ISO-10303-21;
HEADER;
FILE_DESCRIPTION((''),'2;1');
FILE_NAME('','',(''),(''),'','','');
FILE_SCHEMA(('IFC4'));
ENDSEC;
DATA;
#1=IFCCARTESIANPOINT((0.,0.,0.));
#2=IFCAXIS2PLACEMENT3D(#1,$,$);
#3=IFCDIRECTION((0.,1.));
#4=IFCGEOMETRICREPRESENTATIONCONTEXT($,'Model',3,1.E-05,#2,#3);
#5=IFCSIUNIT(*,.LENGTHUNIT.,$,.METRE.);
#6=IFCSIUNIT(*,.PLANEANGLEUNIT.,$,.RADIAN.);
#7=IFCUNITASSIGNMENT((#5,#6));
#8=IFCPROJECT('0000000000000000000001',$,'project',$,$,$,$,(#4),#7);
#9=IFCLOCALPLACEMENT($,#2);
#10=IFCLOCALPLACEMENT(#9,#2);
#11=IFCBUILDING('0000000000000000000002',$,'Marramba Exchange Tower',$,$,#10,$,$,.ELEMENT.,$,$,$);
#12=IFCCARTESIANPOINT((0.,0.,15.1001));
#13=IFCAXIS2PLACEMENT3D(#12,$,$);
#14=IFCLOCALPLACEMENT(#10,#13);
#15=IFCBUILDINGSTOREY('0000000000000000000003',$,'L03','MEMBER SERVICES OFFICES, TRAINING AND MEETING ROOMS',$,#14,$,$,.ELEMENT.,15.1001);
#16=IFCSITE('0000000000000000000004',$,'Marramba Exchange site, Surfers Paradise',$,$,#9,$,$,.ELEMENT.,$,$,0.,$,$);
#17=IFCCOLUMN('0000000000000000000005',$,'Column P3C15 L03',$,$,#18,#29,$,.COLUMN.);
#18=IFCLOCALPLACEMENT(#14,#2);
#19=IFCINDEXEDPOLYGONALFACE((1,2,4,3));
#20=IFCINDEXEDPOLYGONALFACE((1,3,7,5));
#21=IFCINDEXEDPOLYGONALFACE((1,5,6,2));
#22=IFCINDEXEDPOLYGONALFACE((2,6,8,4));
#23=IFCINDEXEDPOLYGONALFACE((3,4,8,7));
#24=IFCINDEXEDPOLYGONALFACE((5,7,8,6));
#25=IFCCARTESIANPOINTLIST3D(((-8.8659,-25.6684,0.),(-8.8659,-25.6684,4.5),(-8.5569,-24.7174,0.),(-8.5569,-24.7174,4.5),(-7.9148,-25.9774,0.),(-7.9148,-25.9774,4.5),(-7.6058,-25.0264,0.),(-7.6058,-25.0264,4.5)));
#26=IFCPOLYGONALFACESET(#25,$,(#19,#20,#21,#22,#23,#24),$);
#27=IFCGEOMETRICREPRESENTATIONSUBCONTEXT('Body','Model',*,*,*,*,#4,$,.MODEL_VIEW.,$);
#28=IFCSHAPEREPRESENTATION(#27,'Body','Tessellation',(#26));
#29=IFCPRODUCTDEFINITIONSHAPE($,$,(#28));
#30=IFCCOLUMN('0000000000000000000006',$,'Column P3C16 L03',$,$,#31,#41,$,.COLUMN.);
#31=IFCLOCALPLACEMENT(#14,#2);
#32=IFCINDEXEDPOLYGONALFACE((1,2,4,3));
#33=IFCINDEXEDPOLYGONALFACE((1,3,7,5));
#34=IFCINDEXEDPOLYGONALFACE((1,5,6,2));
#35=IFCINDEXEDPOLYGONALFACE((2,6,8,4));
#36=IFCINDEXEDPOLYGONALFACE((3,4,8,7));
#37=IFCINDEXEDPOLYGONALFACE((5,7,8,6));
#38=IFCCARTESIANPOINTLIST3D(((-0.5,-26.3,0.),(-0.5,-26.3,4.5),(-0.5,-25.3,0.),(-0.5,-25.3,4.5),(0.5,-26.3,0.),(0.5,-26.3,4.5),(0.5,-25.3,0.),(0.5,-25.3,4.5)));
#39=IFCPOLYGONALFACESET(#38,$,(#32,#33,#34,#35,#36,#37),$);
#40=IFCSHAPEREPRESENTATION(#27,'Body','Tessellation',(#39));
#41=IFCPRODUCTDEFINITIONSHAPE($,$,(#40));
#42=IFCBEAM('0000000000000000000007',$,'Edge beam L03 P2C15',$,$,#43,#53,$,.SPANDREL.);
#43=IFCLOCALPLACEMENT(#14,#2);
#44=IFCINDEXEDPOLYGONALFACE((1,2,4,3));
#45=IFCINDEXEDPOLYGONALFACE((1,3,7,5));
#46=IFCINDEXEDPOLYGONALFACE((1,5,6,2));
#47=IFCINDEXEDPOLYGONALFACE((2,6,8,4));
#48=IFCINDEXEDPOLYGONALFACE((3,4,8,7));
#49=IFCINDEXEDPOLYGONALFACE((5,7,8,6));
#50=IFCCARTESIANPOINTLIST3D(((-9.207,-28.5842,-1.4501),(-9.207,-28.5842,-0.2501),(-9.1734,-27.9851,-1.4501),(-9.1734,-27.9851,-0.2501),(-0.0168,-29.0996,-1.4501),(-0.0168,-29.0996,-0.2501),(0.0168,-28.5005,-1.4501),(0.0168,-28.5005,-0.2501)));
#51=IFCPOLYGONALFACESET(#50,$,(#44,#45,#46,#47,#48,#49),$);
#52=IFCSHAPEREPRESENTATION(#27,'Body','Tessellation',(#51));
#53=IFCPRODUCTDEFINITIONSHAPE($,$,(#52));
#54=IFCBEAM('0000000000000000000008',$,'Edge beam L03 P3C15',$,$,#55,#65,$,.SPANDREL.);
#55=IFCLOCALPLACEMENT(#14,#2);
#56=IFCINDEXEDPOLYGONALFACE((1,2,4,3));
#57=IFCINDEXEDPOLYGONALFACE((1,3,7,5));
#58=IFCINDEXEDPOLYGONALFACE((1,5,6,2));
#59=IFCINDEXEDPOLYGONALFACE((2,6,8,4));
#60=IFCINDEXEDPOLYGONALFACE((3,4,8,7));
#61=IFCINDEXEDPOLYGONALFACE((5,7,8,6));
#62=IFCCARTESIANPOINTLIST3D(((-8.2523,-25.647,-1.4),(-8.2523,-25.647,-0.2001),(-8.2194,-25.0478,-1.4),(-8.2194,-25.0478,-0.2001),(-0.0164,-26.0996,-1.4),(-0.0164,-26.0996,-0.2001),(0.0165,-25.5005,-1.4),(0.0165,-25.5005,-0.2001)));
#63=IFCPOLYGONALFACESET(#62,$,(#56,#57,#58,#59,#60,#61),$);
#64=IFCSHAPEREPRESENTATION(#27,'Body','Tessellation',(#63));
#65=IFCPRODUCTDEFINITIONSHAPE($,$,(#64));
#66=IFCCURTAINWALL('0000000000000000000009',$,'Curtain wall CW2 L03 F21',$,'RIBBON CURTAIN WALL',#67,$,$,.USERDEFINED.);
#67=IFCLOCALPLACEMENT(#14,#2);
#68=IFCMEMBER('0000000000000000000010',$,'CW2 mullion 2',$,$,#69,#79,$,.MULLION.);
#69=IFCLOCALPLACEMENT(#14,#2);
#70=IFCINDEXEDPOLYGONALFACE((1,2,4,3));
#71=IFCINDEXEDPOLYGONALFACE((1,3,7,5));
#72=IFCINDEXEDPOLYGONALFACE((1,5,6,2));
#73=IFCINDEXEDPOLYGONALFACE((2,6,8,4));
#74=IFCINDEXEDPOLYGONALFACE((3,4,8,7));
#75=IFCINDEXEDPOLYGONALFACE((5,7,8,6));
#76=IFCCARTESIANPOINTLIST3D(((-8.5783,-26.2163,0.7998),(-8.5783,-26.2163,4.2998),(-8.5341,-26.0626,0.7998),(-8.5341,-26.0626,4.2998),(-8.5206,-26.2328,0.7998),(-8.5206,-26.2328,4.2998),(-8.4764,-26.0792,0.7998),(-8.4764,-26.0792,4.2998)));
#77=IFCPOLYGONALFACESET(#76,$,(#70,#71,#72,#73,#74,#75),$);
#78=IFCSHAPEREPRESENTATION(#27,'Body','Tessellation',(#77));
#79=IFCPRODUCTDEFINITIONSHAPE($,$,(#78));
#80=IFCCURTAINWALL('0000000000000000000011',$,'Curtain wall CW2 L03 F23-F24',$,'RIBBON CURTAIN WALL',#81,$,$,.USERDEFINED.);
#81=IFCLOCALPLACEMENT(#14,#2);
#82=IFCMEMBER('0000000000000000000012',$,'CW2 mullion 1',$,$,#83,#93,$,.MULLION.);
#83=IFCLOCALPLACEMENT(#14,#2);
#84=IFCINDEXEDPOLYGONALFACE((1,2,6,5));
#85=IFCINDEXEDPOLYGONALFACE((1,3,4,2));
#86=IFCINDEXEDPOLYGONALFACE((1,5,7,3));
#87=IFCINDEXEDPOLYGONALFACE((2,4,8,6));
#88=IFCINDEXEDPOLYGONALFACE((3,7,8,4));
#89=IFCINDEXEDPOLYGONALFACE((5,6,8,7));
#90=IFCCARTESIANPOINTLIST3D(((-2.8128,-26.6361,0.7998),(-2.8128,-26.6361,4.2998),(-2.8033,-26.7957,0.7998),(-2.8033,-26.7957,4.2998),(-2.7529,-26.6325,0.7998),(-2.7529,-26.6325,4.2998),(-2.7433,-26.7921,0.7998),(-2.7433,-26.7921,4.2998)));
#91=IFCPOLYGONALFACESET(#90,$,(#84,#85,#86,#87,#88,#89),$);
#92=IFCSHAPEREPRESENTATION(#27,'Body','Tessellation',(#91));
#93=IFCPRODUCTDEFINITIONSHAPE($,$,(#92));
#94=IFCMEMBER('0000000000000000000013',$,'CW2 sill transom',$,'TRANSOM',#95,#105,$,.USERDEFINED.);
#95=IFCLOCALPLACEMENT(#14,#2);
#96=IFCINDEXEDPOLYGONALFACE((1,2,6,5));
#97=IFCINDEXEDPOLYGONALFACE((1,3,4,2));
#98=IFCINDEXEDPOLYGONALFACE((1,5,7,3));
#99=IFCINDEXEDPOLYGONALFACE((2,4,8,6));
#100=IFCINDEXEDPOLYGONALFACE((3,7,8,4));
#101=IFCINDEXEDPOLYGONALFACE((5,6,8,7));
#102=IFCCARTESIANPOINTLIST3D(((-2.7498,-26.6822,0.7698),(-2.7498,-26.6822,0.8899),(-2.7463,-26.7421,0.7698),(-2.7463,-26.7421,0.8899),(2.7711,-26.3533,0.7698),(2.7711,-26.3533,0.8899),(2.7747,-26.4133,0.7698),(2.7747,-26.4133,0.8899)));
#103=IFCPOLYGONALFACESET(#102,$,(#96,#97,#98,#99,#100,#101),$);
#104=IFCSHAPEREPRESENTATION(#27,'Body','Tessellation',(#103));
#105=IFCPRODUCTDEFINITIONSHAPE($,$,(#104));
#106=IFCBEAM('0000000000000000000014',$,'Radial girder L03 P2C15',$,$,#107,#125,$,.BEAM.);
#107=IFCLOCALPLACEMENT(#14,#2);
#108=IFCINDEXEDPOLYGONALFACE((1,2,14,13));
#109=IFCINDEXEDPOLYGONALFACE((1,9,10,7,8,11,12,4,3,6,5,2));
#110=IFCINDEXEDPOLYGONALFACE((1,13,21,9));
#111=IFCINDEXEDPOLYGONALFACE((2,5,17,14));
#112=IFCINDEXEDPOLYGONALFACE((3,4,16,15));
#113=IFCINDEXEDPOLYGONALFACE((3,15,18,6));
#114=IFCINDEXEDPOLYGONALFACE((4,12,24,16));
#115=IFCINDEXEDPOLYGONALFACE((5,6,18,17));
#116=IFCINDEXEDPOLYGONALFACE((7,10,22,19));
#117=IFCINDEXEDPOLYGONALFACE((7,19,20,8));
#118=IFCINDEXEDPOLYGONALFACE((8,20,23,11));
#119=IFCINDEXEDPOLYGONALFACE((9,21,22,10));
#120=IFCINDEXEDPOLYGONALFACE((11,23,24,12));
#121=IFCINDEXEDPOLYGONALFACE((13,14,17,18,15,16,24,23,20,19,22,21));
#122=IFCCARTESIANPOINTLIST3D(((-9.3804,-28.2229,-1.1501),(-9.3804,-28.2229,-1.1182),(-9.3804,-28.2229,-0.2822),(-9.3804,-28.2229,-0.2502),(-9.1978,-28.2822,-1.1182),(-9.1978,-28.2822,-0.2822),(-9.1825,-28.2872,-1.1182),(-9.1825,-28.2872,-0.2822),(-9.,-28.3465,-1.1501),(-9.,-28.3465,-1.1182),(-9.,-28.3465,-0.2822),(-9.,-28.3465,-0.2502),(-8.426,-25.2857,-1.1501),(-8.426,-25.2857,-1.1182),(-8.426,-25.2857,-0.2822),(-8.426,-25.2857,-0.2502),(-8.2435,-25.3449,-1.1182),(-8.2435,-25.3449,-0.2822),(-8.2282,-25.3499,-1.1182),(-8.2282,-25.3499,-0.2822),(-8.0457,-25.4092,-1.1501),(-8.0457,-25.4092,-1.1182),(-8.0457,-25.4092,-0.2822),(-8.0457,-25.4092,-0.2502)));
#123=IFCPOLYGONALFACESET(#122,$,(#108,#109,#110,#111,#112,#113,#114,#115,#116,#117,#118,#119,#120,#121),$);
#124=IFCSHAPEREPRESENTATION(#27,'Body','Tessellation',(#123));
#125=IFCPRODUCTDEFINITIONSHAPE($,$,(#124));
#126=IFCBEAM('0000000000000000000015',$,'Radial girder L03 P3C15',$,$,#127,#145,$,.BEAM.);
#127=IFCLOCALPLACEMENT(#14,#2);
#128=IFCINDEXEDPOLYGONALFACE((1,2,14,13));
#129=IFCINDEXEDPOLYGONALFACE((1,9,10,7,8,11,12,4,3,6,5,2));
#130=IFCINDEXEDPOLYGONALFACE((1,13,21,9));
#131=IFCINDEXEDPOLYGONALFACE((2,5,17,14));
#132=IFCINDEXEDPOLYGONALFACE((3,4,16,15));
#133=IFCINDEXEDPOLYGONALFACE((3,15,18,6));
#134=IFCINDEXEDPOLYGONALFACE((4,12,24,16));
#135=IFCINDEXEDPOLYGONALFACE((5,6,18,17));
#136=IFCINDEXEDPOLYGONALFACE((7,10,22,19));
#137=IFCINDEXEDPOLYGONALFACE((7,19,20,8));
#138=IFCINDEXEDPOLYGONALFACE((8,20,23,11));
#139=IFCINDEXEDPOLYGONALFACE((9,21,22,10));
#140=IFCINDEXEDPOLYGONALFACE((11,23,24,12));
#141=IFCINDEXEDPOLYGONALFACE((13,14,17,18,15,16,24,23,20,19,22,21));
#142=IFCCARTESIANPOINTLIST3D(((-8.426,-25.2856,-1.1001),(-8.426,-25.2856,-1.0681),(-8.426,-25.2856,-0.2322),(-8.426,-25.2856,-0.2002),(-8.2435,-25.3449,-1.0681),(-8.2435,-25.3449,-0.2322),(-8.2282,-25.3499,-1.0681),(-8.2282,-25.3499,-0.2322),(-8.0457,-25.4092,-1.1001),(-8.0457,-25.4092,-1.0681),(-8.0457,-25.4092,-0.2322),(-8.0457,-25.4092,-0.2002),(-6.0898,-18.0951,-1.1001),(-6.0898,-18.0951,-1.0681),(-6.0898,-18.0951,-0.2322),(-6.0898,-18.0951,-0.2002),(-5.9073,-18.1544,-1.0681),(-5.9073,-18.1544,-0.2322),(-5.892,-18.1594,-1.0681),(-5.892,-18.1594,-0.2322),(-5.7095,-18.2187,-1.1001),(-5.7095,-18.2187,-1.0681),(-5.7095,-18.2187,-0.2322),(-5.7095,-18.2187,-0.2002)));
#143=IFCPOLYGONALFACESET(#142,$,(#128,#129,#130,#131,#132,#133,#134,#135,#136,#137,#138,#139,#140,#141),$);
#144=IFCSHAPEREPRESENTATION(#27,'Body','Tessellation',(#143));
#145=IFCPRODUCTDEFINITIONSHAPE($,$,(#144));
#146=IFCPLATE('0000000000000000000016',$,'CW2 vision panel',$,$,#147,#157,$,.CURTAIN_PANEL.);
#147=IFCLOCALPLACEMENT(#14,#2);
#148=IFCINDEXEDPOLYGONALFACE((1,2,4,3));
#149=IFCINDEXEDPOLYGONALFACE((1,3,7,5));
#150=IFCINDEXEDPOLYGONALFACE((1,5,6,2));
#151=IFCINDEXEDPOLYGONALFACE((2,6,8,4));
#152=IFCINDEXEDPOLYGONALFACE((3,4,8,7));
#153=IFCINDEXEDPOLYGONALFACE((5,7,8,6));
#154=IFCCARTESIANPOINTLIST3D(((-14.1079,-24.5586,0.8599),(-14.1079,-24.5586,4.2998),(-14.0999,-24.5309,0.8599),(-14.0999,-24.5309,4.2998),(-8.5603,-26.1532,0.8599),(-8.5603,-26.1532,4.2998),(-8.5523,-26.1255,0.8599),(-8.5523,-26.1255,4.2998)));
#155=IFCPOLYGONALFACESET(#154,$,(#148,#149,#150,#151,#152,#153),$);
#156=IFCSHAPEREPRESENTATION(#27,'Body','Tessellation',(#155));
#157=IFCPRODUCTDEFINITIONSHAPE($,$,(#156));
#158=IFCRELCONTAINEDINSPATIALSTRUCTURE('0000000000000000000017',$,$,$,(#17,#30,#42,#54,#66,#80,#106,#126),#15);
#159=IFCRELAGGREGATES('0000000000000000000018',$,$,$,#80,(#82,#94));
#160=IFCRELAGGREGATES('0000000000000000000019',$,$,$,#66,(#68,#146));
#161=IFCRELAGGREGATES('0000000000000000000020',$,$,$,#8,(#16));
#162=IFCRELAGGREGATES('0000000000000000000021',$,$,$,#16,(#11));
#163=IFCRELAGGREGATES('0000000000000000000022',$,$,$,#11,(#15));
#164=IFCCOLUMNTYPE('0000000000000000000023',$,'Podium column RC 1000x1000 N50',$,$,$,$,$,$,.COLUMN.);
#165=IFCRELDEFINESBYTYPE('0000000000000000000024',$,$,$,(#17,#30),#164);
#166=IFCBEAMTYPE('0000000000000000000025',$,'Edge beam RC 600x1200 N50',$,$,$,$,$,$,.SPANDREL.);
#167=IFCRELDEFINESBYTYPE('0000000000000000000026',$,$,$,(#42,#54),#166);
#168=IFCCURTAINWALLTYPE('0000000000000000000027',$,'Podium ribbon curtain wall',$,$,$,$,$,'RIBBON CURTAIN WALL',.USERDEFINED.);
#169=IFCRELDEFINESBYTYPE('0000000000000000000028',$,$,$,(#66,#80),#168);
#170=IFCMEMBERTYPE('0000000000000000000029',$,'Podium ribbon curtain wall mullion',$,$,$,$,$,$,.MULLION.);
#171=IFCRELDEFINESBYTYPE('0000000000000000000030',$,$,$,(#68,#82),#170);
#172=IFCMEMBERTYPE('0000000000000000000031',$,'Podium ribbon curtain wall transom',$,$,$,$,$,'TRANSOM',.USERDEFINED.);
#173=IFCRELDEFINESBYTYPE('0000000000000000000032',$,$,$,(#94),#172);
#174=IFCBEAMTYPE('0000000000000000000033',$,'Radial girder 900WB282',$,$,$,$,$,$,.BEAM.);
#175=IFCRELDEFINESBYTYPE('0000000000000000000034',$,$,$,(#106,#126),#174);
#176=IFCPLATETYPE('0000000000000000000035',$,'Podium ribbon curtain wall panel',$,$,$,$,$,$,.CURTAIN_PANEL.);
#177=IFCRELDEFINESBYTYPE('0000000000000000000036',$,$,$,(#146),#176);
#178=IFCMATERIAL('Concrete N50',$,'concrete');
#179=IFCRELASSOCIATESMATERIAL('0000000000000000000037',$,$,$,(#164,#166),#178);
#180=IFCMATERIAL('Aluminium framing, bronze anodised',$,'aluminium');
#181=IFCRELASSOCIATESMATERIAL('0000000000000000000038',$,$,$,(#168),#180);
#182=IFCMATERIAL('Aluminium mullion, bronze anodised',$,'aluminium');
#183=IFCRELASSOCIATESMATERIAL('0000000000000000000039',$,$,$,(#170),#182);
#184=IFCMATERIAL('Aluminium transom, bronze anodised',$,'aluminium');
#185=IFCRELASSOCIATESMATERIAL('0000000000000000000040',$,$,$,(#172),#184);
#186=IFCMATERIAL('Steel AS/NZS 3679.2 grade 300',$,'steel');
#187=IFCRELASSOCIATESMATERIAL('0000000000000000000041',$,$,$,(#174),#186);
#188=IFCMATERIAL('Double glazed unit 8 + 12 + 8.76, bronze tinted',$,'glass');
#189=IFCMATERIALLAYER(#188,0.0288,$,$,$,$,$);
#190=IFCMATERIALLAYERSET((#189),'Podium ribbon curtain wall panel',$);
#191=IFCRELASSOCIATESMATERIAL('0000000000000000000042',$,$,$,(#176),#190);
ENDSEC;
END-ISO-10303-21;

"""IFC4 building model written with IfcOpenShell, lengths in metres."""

from ifc_helpers import new_model, si_unit, direction, frame, origin, origin_2d, place, context, subcontext, project, spatial, rectangle, i_section, extrude, material, layer, layer_set, material_profile, profile_set, type_object, element, aggregate, save


model = new_model("IFC4")

# Units and contexts
model_context = context("Model", 3, precision=1e-05, world=origin(), true_north=direction((0.0, 1.0)))
body_context = subcontext(model_context, "Body", "Model", "MODEL_VIEW")
ifc_project = project(units=[si_unit("LENGTHUNIT", "METRE"), si_unit("PLANEANGLEUNIT", "RADIAN")], contexts=[model_context])

# Site, building, storey
site_placement = place(None, origin())
site = spatial("IfcSite", under=ifc_project, at=site_placement, Name="Marramba Exchange site, Surfers Paradise", CompositionType="ELEMENT", RefElevation=0.0)
building_placement = place(site_placement, origin())
building = spatial("IfcBuilding", under=site, at=building_placement, Name="Marramba Exchange Tower", CompositionType="ELEMENT")
storey_placement = place(building_placement, frame((0.0, 0.0, 15.1001)))
storey = spatial("IfcBuildingStorey", under=building, at=storey_placement, Name="L03", Description="MEMBER SERVICES OFFICES, TRAINING AND MEETING ROOMS", CompositionType="ELEMENT", Elevation=15.1001)

# Columns
ifc_material_1 = material(Name="Concrete N50", Category="concrete")
ifc_material_profile_1 = material_profile(ifc_material_1, rectangle(XDim=1.0, YDim=1.0, at=origin_2d()), Name="RC 1000x1000")
ifc_profile_set_1 = profile_set([ifc_material_profile_1], Name="Concrete N50")
column_type = type_object("IfcColumnType", Name="Podium column RC 1000x1000 N50", PredefinedType="COLUMN", material=ifc_profile_set_1)
for number, where, z_axis, x_axis, name in (
    (1, (-8.2358, -25.3474, 0.0), (0.0, 0.0, 1.0), (-0.309017, -0.951057, 0.0), "Column P3C15 L03"),
    (2, (0.0, -25.8, 0.0), (0.0, 0.0, 1.0), (0.0, -1.0, 0.0), "Column P3C16 L03"),
):
    element("IfcColumn", number, at=place(storey_placement, frame(where, z_axis=z_axis, x_axis=x_axis)), inside=storey, type_object=column_type, Name=name, PredefinedType="COLUMN", context=body_context, shape_type="SweptSolid", body=[
        extrude(rectangle(XDim=1.0, YDim=1.0, at=origin_2d()), origin(), (0.0, 0.0, 1.0), 4.5),
    ])

# Beams
ifc_material_profile_2 = material_profile(ifc_material_1, rectangle(XDim=0.6001, YDim=1.2, at=origin_2d()), Name="RC 600x1200")
ifc_profile_set_2 = profile_set([ifc_material_profile_2], Name="Concrete N50")
beam_type_1 = type_object("IfcBeamType", Name="Edge beam RC 600x1200 N50", PredefinedType="SPANDREL", material=ifc_profile_set_2)
beam_1_placement = place(storey_placement, frame((-9.1902, -28.2847, -0.8501), z_axis=(0.998431, -0.055992, 0.0), x_axis=(0.055992, 0.998431, 0.0)))
element("IfcBeam", 3, at=beam_1_placement, inside=storey, type_object=beam_type_1, Name="Edge beam L03 P2C15", PredefinedType="SPANDREL", context=body_context, shape_type="SweptSolid", body=[
    extrude(rectangle(XDim=0.6001, YDim=1.2, at=origin_2d()), origin(), (0.0, 0.0, 1.0), 9.2046),
])
beam_2_placement = place(storey_placement, frame((-8.2358, -25.3474, -0.8), z_axis=(0.998493, -0.054877, 0.0), x_axis=(0.054877, 0.998493, 0.0)))
element("IfcBeam", 4, at=beam_2_placement, inside=storey, type_object=beam_type_1, Name="Edge beam L03 P3C15", PredefinedType="SPANDREL", context=body_context, shape_type="SweptSolid", body=[
    extrude(rectangle(XDim=0.6001, YDim=1.2, at=origin_2d()), origin(), (0.0, 0.0, 1.0), 8.2483),
])

# Curtain wall, member
ifc_material_2 = material(Name="Aluminium framing, bronze anodised", Category="aluminium")
curtain_wall_type = type_object("IfcCurtainWallType", Name="Podium ribbon curtain wall", ElementType="RIBBON CURTAIN WALL", PredefinedType="USERDEFINED", material=ifc_material_2)
curtain_wall_1_placement = place(storey_placement, origin())
curtain_wall_1 = element("IfcCurtainWall", 5, at=curtain_wall_1_placement, inside=storey, type_object=curtain_wall_type, Name="Curtain wall CW2 L03 F21", ObjectType="RIBBON CURTAIN WALL", PredefinedType="USERDEFINED")
ifc_material_3 = material(Name="Aluminium mullion, bronze anodised", Category="aluminium")
ifc_material_profile_3 = material_profile(ifc_material_3, rectangle(XDim=0.1599, YDim=0.0601, at=origin_2d()), Name="CW2 mullion 60x160")
ifc_profile_set_3 = profile_set([ifc_material_profile_3], Name="Aluminium mullion, bronze anodised")
member_type_1 = type_object("IfcMemberType", Name="Podium ribbon curtain wall mullion", PredefinedType="MULLION", material=ifc_profile_set_3)
member_1_placement = place(storey_placement, frame((-8.5273, -26.1477, 0.7998), z_axis=(0.0, 0.0, 1.0), x_axis=(0.276243, 0.961088, 0.0)))
member_1 = element("IfcMember", 6, at=member_1_placement, type_object=member_type_1, Name="CW2 mullion 2", PredefinedType="MULLION", context=body_context, shape_type="SweptSolid", body=[
    extrude(rectangle(XDim=0.1599, YDim=0.0601, at=origin_2d()), origin(), (0.0, 0.0, 1.0), 3.5),
])

# Curtain wall, members
curtain_wall_2_placement = place(storey_placement, origin())
curtain_wall_2 = element("IfcCurtainWall", 7, at=curtain_wall_2_placement, inside=storey, type_object=curtain_wall_type, Name="Curtain wall CW2 L03 F23-F24", ObjectType="RIBBON CURTAIN WALL", PredefinedType="USERDEFINED")
member_2_placement = place(storey_placement, frame((-2.7781, -26.7141, 0.7998), z_axis=(0.0, 0.0, 1.0), x_axis=(-0.059468, 0.99823, 0.0)))
member_2 = element("IfcMember", 8, at=member_2_placement, type_object=member_type_1, Name="CW2 mullion 1", PredefinedType="MULLION", context=body_context, shape_type="SweptSolid", body=[
    extrude(rectangle(XDim=0.1599, YDim=0.0601, at=origin_2d()), origin(), (0.0, 0.0, 1.0), 3.5),
])
ifc_material_4 = material(Name="Aluminium transom, bronze anodised", Category="aluminium")
ifc_material_profile_4 = material_profile(ifc_material_4, rectangle(XDim=0.0601, YDim=0.1201, at=origin_2d()), Name="CW2 transom 60x120")
ifc_profile_set_4 = profile_set([ifc_material_profile_4], Name="Aluminium transom, bronze anodised")
member_type_2 = type_object("IfcMemberType", Name="Podium ribbon curtain wall transom", ElementType="TRANSOM", PredefinedType="USERDEFINED", material=ifc_profile_set_4)
member_3_placement = place(storey_placement, frame((-2.748, -26.7122, 0.8298), z_axis=(0.998231, 0.059459, 0.0), x_axis=(-0.059459, 0.998231, 0.0)))
member_3 = element("IfcMember", 9, at=member_3_placement, type_object=member_type_2, Name="CW2 sill transom", ObjectType="TRANSOM", PredefinedType="USERDEFINED", context=body_context, shape_type="SweptSolid", body=[
    extrude(rectangle(XDim=0.0601, YDim=0.1201, at=origin_2d()), origin(), (0.0, 0.0, 1.0), 5.5308),
])
aggregate(curtain_wall_2, [member_2, member_3])

# Beams
ifc_material_5 = material(Name="Steel AS/NZS 3679.2 grade 300", Category="steel")
ifc_material_profile_5 = material_profile(ifc_material_5, i_section(OverallWidth=0.3999, OverallDepth=0.8999, WebThickness=0.0161, FlangeThickness=0.032, at=origin_2d()), Name="900WB282")
ifc_profile_set_5 = profile_set([ifc_material_profile_5], Name="Steel AS/NZS 3679.2 grade 300")
beam_type_2 = type_object("IfcBeamType", Name="Radial girder 900WB282", PredefinedType="BEAM", material=ifc_profile_set_5)
beam_3_placement = place(storey_placement, frame((-9.1902, -28.2847, -0.7002), z_axis=(0.309009, 0.951059, 0.0), x_axis=(-0.951059, 0.309009, 0.0)))
element("IfcBeam", 10, at=beam_3_placement, inside=storey, type_object=beam_type_2, Name="Radial girder L03 P2C15", PredefinedType="BEAM", context=body_context, shape_type="SweptSolid", body=[
    extrude(i_section(OverallWidth=0.3999, OverallDepth=0.8999, WebThickness=0.0161, FlangeThickness=0.032, at=origin_2d()), origin(), (0.0, 0.0, 1.0), 3.0884),
])
beam_4_placement = place(storey_placement, frame((-8.2358, -25.3474, -0.6501), z_axis=(0.309001, 0.951062, 0.0), x_axis=(-0.951062, 0.309001, 0.0)))
element("IfcBeam", 11, at=beam_4_placement, inside=storey, type_object=beam_type_2, Name="Radial girder L03 P3C15", PredefinedType="BEAM", context=body_context, shape_type="SweptSolid", body=[
    extrude(i_section(OverallWidth=0.3999, OverallDepth=0.8999, WebThickness=0.0161, FlangeThickness=0.032, at=origin_2d()), origin(), (0.0, 0.0, 1.0), 7.5605),
])

# Plate
ifc_material_6 = material(Name="Double glazed unit 8 + 12 + 8.76, bronze tinted", Category="glass")
ifc_layer_1 = layer(ifc_material_6, 0.0288)
ifc_layer_set_1 = layer_set([ifc_layer_1], Name="Podium ribbon curtain wall panel")
plate_type = type_object("IfcPlateType", Name="Podium ribbon curtain wall panel", PredefinedType="CURTAIN_PANEL", material=ifc_layer_set_1)
plate_placement = place(storey_placement, frame((-11.3301, -25.342, 0.8599), z_axis=(0.0, 0.0, 1.0), x_axis=(0.961088, -0.276243, 0.0)))
plate = element("IfcPlate", 12, at=plate_placement, type_object=plate_type, Name="CW2 vision panel", PredefinedType="CURTAIN_PANEL", context=body_context, shape_type="SweptSolid", body=[
    extrude(rectangle(XDim=5.7722, YDim=0.0288, at=origin_2d()), origin(), (0.0, 0.0, 1.0), 3.4399),
])
aggregate(curtain_wall_1, [member_1, plate])

save(model, "model.ifc")
